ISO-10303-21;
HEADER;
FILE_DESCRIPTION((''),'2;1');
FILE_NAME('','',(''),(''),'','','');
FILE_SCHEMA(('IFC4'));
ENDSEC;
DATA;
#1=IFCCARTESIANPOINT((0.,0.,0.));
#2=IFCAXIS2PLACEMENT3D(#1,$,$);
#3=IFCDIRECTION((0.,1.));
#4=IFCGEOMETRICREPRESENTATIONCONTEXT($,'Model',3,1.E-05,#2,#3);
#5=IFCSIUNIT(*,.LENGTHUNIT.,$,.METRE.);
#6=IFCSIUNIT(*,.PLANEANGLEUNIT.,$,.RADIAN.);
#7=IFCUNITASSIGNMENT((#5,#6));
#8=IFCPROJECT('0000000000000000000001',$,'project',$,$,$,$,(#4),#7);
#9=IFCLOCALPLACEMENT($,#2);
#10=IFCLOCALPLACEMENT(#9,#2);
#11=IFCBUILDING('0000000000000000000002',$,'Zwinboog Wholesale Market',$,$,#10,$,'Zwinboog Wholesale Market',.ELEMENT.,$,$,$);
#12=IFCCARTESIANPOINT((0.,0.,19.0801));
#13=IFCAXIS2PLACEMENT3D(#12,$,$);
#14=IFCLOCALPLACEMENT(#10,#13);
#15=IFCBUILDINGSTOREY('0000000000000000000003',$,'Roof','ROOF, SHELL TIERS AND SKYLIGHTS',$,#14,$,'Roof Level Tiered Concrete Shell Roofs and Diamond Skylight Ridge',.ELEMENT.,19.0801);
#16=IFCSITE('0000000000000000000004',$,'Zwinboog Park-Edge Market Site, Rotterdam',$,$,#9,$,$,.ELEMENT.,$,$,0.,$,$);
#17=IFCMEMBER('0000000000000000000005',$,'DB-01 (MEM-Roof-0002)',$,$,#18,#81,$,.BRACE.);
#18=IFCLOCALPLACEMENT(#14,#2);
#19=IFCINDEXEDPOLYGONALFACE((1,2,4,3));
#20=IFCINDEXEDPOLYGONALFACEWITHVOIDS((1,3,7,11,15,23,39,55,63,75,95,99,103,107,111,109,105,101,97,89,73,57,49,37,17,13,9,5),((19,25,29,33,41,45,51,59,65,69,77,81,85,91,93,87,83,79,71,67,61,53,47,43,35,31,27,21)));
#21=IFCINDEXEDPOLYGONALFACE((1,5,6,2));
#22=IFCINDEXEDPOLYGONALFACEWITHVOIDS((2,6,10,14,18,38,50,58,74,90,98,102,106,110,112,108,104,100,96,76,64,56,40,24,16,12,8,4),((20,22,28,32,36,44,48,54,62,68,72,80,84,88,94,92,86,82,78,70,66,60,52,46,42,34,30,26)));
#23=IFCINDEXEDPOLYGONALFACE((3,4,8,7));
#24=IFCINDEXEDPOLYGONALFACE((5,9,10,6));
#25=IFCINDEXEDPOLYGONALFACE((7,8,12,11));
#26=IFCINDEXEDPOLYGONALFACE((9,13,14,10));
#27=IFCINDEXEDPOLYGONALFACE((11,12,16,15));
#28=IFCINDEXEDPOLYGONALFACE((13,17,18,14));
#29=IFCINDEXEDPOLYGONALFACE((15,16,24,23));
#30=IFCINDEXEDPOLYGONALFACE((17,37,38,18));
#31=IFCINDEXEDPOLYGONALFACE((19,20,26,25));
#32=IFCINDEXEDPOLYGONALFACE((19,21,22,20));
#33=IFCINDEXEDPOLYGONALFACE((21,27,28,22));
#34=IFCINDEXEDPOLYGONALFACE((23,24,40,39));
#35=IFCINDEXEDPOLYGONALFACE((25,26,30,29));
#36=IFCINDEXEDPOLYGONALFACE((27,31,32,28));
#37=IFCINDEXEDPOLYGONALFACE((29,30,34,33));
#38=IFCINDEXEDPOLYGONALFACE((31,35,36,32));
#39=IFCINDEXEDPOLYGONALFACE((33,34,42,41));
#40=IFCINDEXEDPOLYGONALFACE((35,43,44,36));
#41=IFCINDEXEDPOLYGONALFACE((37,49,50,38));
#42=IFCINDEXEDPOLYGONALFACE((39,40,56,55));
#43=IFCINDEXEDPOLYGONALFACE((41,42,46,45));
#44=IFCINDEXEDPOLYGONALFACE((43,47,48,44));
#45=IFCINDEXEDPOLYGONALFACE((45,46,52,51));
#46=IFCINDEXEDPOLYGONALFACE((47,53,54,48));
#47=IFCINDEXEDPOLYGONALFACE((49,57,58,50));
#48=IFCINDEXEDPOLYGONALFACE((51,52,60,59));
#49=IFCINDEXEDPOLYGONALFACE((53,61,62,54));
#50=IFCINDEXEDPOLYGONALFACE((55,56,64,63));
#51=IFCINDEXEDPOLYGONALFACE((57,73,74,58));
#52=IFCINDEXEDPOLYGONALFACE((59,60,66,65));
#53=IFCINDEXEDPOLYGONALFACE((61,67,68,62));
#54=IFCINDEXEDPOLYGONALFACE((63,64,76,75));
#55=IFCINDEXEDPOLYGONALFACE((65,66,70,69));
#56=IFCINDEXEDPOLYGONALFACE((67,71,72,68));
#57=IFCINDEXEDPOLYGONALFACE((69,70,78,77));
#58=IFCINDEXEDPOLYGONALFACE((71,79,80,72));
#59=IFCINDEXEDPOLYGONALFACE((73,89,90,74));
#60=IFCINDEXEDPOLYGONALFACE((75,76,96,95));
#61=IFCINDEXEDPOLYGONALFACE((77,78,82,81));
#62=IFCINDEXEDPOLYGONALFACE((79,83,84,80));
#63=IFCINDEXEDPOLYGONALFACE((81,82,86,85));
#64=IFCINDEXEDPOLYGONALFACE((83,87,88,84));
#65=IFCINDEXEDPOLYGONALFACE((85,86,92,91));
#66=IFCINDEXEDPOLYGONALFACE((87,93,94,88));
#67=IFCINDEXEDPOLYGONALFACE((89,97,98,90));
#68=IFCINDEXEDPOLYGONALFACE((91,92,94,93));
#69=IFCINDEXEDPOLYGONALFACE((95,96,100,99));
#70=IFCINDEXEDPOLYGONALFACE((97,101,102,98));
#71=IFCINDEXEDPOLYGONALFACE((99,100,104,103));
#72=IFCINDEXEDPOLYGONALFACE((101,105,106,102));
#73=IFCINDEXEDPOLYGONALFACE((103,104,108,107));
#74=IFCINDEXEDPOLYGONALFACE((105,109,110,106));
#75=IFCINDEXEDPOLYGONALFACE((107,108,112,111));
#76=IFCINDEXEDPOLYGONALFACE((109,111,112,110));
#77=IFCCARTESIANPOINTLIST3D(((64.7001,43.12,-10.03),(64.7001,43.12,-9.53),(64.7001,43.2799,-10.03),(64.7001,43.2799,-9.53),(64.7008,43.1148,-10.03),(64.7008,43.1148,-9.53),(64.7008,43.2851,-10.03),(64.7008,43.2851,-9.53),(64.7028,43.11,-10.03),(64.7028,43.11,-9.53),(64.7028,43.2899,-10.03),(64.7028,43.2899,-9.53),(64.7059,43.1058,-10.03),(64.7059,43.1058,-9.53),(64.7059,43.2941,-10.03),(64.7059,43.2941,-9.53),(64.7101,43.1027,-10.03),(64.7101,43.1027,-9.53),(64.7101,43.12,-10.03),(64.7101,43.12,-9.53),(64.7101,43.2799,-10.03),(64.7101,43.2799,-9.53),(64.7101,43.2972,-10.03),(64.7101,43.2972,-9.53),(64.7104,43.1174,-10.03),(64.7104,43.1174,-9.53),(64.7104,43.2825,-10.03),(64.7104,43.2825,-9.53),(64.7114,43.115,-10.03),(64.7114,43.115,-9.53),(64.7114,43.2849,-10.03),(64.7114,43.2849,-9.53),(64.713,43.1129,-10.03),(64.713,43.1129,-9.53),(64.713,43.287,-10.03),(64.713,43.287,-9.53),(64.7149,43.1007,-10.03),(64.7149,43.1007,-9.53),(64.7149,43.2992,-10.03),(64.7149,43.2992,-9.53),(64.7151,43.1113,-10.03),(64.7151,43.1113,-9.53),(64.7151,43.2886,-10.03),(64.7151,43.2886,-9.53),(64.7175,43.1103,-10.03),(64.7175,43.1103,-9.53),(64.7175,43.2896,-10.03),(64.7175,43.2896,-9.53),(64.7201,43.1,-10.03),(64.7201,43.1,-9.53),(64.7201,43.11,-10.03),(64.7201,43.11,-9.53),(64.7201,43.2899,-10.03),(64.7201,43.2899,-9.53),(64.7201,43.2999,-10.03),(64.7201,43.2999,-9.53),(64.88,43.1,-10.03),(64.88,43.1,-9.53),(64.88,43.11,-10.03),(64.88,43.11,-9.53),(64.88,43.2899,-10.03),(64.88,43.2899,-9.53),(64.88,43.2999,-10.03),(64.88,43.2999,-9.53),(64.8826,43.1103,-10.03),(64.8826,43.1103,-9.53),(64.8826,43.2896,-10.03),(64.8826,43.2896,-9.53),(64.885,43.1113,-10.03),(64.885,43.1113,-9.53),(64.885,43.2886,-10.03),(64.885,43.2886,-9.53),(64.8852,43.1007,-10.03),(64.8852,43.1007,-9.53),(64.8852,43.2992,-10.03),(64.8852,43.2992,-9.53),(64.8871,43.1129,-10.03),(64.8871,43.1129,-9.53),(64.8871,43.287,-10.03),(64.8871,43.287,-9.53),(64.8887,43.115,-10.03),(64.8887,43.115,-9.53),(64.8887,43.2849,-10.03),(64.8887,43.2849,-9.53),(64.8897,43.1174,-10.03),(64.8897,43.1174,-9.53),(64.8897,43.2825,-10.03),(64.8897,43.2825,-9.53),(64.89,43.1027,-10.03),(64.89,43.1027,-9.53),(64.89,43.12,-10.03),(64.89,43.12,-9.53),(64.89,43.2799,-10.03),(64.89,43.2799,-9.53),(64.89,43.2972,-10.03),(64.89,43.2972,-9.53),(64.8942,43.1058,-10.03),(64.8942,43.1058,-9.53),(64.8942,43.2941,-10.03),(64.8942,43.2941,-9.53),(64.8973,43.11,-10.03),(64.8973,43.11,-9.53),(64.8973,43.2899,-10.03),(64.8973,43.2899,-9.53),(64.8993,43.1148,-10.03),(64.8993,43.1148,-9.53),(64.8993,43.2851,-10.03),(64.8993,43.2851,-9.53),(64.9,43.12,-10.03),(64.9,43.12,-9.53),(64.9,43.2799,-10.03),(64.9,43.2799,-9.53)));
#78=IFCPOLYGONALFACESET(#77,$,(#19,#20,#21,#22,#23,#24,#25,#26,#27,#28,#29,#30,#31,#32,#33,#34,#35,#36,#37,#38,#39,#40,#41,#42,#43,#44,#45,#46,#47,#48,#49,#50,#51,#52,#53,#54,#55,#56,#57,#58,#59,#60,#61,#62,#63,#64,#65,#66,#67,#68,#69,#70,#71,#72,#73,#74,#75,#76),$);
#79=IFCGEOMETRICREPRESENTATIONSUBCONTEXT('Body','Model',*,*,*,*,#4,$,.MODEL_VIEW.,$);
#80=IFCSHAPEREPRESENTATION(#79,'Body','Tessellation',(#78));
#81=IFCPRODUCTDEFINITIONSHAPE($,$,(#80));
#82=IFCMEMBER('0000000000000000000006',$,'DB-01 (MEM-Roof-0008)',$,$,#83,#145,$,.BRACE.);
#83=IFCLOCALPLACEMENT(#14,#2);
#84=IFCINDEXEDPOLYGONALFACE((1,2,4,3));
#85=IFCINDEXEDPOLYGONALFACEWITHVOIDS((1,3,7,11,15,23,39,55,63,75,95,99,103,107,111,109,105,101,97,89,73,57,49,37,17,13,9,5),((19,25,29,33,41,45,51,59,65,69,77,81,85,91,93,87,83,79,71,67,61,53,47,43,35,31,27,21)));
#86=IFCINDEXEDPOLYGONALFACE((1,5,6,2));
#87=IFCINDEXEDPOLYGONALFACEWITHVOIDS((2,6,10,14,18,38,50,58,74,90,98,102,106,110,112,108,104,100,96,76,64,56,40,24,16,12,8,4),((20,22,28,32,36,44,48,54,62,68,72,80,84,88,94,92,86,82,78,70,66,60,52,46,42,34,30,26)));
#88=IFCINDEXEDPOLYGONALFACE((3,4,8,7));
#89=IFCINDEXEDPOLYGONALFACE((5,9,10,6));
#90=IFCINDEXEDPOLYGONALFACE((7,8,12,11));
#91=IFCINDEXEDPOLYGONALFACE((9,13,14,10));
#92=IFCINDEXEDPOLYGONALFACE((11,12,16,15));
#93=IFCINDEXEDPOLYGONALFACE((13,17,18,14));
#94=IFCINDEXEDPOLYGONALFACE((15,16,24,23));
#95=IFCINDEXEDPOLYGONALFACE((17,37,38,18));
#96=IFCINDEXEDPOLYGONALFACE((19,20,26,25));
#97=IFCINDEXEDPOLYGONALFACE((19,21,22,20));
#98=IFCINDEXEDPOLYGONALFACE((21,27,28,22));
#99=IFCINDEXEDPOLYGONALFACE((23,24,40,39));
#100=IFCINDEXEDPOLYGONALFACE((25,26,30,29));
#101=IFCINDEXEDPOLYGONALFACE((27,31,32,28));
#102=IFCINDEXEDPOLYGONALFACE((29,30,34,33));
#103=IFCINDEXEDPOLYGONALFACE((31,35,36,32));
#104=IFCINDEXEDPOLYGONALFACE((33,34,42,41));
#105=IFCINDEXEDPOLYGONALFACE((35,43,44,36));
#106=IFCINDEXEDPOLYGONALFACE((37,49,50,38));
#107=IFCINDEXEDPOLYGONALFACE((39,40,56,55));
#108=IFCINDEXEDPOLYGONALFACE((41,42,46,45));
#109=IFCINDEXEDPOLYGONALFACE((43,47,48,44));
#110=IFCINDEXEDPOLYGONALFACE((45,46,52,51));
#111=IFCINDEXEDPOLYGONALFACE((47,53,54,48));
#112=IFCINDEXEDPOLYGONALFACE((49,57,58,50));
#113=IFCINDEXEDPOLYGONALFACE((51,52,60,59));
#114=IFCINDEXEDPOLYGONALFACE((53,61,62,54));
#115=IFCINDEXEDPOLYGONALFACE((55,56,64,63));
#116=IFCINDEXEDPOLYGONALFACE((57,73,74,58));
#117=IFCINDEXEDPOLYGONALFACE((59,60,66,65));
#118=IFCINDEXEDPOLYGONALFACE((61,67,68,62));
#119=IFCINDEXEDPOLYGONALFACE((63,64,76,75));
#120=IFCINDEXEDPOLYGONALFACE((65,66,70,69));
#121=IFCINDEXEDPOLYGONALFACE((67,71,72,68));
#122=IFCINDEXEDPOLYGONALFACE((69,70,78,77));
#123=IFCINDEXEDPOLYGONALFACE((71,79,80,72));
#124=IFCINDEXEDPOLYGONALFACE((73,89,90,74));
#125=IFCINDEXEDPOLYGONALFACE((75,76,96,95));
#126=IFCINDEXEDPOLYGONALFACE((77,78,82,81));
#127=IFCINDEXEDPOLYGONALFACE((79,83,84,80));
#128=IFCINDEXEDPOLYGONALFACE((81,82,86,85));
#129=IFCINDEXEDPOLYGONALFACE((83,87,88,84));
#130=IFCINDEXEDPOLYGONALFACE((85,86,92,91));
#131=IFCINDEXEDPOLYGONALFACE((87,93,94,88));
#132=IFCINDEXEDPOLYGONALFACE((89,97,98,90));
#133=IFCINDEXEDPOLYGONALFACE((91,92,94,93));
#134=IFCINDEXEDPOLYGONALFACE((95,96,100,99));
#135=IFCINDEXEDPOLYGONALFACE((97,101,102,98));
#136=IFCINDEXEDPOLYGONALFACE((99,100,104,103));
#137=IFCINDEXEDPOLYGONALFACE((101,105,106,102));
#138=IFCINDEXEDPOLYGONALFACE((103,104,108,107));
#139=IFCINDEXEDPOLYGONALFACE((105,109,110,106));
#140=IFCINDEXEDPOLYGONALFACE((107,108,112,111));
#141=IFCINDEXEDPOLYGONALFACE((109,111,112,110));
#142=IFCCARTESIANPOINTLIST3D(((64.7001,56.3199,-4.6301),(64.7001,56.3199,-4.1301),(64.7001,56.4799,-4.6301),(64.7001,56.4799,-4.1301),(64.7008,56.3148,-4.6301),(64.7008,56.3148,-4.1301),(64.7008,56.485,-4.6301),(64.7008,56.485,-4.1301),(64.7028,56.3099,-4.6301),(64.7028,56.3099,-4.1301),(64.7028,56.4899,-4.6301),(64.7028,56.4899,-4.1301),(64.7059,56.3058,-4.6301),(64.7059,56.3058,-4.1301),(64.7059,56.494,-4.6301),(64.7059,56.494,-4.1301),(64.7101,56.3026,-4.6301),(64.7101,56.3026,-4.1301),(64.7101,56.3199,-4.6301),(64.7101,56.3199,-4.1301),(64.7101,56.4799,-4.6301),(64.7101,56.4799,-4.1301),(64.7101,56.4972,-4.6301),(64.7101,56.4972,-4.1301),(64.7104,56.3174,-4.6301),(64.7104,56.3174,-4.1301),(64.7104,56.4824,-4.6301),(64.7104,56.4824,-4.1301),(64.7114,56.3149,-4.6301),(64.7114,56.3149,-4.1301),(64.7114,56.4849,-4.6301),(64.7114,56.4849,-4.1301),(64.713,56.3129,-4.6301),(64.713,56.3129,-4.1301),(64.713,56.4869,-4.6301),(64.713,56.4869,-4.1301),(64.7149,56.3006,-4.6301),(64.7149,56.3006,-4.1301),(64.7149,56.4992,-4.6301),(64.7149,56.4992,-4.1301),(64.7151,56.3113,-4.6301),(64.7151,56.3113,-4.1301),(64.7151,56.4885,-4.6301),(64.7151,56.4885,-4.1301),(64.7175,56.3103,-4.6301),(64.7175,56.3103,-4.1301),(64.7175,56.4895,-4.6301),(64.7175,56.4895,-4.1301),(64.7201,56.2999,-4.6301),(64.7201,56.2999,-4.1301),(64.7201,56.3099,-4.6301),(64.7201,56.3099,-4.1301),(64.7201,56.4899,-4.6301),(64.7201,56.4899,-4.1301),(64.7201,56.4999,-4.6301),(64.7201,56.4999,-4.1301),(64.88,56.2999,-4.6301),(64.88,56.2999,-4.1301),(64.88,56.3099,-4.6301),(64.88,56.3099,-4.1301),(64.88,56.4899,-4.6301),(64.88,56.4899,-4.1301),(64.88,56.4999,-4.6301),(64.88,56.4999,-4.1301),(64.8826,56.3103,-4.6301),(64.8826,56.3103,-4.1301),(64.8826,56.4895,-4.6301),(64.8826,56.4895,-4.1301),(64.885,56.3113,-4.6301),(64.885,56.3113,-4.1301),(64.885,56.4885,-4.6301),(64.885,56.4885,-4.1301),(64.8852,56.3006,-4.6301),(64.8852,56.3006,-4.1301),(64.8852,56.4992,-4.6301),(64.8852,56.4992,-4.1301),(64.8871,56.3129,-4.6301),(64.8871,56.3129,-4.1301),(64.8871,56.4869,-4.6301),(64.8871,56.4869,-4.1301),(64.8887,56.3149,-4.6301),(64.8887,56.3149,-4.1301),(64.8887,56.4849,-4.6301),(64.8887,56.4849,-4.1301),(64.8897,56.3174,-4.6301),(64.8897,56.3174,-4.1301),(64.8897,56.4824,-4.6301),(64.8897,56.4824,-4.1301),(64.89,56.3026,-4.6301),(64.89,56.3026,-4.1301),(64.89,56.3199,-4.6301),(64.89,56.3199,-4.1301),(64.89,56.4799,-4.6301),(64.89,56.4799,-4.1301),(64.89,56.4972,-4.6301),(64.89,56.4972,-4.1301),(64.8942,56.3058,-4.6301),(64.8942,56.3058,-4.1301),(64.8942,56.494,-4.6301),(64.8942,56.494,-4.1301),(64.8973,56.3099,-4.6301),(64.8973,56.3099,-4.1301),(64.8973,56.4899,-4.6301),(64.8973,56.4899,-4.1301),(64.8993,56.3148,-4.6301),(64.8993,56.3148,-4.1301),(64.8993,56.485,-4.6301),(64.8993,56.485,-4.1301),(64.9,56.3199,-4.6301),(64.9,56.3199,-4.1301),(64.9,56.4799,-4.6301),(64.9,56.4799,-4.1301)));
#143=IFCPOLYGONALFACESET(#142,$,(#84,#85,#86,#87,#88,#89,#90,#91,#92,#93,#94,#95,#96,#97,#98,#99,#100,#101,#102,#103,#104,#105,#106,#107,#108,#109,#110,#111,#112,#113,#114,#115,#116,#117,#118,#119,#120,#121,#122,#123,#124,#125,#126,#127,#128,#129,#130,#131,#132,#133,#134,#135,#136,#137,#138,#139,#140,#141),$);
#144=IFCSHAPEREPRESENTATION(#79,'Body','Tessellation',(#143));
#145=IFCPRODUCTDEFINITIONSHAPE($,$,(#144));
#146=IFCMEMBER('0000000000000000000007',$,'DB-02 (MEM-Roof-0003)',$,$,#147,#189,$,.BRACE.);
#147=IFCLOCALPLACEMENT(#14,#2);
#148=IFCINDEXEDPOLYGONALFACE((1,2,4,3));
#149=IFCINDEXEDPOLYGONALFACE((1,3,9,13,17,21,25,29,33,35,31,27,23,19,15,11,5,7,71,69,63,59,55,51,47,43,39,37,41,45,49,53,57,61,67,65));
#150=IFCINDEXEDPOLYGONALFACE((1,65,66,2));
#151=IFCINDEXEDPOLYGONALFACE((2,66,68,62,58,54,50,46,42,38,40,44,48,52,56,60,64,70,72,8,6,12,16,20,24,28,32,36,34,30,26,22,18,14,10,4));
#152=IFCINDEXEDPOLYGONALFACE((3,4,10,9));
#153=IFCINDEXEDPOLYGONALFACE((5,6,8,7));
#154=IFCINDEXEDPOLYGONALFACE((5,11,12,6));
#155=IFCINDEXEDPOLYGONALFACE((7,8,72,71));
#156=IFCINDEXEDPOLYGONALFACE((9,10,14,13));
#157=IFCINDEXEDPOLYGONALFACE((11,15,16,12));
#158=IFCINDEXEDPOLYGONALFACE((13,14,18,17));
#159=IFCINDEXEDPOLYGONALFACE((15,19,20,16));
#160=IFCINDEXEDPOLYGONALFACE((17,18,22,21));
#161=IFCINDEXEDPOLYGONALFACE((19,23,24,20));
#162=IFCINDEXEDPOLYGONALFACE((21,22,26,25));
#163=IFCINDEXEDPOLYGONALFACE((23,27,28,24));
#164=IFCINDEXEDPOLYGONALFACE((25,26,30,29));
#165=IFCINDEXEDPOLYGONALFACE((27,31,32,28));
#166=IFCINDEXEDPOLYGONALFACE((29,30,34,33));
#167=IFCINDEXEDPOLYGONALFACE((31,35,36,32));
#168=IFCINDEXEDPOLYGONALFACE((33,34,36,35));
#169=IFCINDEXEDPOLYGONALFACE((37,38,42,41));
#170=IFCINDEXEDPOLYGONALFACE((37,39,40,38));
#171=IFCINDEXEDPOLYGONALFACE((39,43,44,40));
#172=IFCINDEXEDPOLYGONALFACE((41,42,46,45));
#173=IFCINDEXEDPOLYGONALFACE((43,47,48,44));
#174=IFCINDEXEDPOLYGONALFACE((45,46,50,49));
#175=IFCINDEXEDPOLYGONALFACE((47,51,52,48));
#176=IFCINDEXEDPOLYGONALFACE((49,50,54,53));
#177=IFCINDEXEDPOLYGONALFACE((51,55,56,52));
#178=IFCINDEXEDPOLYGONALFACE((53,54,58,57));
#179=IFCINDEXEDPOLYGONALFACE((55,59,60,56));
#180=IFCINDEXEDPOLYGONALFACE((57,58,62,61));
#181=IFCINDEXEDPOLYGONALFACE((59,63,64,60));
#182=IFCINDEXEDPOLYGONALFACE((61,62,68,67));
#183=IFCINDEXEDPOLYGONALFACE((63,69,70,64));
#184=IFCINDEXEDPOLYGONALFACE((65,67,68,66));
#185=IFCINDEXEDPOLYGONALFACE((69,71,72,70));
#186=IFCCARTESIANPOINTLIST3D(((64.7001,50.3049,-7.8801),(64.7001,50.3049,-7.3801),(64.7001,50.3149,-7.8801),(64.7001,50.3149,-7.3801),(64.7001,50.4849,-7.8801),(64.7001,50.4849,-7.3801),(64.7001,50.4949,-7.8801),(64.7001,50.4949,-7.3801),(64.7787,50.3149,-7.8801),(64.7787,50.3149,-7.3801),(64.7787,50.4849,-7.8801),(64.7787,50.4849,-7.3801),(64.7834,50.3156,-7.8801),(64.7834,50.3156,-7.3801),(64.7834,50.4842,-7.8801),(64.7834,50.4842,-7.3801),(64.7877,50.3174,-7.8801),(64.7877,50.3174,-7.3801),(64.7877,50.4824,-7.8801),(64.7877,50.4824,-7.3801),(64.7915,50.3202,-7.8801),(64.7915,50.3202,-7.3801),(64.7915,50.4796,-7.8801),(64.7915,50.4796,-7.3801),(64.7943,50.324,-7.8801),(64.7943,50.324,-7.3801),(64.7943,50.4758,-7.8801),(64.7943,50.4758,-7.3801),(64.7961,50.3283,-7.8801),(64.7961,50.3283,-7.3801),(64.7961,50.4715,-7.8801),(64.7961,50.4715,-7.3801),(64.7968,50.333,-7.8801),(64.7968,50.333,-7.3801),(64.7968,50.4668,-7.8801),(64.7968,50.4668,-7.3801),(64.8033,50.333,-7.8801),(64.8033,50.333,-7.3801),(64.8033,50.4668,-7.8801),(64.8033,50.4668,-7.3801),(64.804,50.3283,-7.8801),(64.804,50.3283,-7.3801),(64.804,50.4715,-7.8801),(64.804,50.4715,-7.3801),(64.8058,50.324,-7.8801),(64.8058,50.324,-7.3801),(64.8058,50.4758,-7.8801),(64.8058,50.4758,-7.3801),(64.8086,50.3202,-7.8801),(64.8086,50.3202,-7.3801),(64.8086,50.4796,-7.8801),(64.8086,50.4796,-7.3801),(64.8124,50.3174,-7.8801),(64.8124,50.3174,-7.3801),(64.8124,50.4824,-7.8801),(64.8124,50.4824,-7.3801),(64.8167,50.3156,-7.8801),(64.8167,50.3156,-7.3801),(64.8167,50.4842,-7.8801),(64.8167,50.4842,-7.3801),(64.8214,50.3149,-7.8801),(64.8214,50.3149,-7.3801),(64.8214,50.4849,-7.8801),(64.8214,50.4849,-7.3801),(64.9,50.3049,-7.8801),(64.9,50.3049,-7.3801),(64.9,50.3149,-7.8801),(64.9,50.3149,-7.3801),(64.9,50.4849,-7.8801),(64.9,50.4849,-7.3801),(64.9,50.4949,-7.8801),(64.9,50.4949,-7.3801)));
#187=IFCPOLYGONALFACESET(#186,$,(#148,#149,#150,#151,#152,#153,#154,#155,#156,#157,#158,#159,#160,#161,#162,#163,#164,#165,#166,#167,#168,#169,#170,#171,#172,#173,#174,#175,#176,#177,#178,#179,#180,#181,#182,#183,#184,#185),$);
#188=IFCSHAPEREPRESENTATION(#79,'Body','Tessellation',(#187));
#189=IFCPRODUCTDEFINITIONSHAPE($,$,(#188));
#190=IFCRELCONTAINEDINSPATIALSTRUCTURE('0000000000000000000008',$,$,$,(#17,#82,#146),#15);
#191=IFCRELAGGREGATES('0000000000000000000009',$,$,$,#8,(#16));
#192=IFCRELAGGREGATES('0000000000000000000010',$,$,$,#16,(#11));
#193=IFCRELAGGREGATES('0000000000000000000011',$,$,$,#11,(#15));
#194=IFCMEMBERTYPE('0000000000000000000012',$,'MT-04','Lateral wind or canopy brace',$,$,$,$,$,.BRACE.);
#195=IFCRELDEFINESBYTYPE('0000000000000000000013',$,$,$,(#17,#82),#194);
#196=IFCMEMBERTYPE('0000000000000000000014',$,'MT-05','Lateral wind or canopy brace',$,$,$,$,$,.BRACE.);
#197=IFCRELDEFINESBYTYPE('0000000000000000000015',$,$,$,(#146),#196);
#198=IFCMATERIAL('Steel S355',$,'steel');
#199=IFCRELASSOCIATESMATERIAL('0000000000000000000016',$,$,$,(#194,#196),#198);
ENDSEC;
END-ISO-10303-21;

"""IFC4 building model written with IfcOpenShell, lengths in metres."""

from ifc_helpers import new_model, si_unit, direction, frame, origin, origin_2d, place, context, subcontext, project, spatial, hollow_rectangle, i_section, extrude, material, material_profile, profile_set, type_object, element, save


model = new_model("IFC4")

# Units and contexts
model_context = context("Model", 3, precision=1e-05, world=origin(), true_north=direction((0.0, 1.0)))
body_context = subcontext(model_context, "Body", "Model", "MODEL_VIEW")
ifc_project = project(units=[si_unit("LENGTHUNIT", "METRE"), si_unit("PLANEANGLEUNIT", "RADIAN")], contexts=[model_context])

# Site, building, storey
site_placement = place(None, origin())
site = spatial("IfcSite", under=ifc_project, at=site_placement, Name="Zwinboog Park-Edge Market Site, Rotterdam", CompositionType="ELEMENT", RefElevation=0.0)
building_placement = place(site_placement, origin())
building = spatial("IfcBuilding", under=site, at=building_placement, Name="Zwinboog Wholesale Market", LongName="Zwinboog Wholesale Market", CompositionType="ELEMENT")
storey_placement = place(building_placement, frame((0.0, 0.0, 19.0801)))
storey = spatial("IfcBuildingStorey", under=building, at=storey_placement, Name="Roof", Description="ROOF, SHELL TIERS AND SKYLIGHTS", LongName="Roof Level Tiered Concrete Shell Roofs and Diamond Skylight Ridge", CompositionType="ELEMENT", Elevation=19.0801)

# Members
ifc_material_1 = material(Name="Steel S355", Category="steel")
ifc_material_profile_1 = material_profile(ifc_material_1, hollow_rectangle(XDim=0.2, YDim=0.2, WallThickness=0.01, InnerFilletRadius=0.01, OuterFilletRadius=0.02, at=origin_2d()), Name="SHS 200x200x10")
ifc_profile_set_1 = profile_set([ifc_material_profile_1], Name="Steel S355")
member_type_1 = type_object("IfcMemberType", Name="MT-04", Description="Lateral wind or canopy brace", PredefinedType="BRACE", material=ifc_profile_set_1)
for number, where, z_axis, x_axis, name in (
    (1, (64.8, 43.2, -10.03), (0.0, 0.0, 1.0), (1.0, 0.0, 0.0), "DB-01 (MEM-Roof-0002)"),
    (2, (64.8, 56.3999, -4.6301), (0.0, 0.0, 1.0), (1.0, 0.0, 0.0), "DB-01 (MEM-Roof-0008)"),
):
    element("IfcMember", number, at=place(storey_placement, frame(where, z_axis=z_axis, x_axis=x_axis)), inside=storey, type_object=member_type_1, Name=name, PredefinedType="BRACE", context=body_context, shape_type="SweptSolid", body=[
        extrude(hollow_rectangle(XDim=0.2, YDim=0.2, WallThickness=0.01, InnerFilletRadius=0.01, OuterFilletRadius=0.02, at=origin_2d()), origin(), (0.0, 0.0, 1.0), 0.5),
    ])
ifc_material_profile_2 = material_profile(ifc_material_1, i_section(OverallWidth=0.2, OverallDepth=0.1899, WebThickness=0.0066, FlangeThickness=0.01, FilletRadius=0.0181, at=origin_2d()), Name="HEA 200")
ifc_profile_set_2 = profile_set([ifc_material_profile_2], Name="Steel S355")
member_type_2 = type_object("IfcMemberType", Name="MT-05", Description="Lateral wind or canopy brace", PredefinedType="BRACE", material=ifc_profile_set_2)
for number, where, z_axis, x_axis, name in (
    (3, (64.8, 50.3999, -7.8801), (0.0, 0.0, 1.0), (1.0, 0.0, 0.0), "DB-02 (MEM-Roof-0003)"),
):
    element("IfcMember", number, at=place(storey_placement, frame(where, z_axis=z_axis, x_axis=x_axis)), inside=storey, type_object=member_type_2, Name=name, PredefinedType="BRACE", context=body_context, shape_type="SweptSolid", body=[
        extrude(i_section(OverallWidth=0.2, OverallDepth=0.1899, WebThickness=0.0066, FlangeThickness=0.01, FilletRadius=0.0181, at=origin_2d()), origin(), (0.0, 0.0, 1.0), 0.5),
    ])

save(model, "model.ifc")
